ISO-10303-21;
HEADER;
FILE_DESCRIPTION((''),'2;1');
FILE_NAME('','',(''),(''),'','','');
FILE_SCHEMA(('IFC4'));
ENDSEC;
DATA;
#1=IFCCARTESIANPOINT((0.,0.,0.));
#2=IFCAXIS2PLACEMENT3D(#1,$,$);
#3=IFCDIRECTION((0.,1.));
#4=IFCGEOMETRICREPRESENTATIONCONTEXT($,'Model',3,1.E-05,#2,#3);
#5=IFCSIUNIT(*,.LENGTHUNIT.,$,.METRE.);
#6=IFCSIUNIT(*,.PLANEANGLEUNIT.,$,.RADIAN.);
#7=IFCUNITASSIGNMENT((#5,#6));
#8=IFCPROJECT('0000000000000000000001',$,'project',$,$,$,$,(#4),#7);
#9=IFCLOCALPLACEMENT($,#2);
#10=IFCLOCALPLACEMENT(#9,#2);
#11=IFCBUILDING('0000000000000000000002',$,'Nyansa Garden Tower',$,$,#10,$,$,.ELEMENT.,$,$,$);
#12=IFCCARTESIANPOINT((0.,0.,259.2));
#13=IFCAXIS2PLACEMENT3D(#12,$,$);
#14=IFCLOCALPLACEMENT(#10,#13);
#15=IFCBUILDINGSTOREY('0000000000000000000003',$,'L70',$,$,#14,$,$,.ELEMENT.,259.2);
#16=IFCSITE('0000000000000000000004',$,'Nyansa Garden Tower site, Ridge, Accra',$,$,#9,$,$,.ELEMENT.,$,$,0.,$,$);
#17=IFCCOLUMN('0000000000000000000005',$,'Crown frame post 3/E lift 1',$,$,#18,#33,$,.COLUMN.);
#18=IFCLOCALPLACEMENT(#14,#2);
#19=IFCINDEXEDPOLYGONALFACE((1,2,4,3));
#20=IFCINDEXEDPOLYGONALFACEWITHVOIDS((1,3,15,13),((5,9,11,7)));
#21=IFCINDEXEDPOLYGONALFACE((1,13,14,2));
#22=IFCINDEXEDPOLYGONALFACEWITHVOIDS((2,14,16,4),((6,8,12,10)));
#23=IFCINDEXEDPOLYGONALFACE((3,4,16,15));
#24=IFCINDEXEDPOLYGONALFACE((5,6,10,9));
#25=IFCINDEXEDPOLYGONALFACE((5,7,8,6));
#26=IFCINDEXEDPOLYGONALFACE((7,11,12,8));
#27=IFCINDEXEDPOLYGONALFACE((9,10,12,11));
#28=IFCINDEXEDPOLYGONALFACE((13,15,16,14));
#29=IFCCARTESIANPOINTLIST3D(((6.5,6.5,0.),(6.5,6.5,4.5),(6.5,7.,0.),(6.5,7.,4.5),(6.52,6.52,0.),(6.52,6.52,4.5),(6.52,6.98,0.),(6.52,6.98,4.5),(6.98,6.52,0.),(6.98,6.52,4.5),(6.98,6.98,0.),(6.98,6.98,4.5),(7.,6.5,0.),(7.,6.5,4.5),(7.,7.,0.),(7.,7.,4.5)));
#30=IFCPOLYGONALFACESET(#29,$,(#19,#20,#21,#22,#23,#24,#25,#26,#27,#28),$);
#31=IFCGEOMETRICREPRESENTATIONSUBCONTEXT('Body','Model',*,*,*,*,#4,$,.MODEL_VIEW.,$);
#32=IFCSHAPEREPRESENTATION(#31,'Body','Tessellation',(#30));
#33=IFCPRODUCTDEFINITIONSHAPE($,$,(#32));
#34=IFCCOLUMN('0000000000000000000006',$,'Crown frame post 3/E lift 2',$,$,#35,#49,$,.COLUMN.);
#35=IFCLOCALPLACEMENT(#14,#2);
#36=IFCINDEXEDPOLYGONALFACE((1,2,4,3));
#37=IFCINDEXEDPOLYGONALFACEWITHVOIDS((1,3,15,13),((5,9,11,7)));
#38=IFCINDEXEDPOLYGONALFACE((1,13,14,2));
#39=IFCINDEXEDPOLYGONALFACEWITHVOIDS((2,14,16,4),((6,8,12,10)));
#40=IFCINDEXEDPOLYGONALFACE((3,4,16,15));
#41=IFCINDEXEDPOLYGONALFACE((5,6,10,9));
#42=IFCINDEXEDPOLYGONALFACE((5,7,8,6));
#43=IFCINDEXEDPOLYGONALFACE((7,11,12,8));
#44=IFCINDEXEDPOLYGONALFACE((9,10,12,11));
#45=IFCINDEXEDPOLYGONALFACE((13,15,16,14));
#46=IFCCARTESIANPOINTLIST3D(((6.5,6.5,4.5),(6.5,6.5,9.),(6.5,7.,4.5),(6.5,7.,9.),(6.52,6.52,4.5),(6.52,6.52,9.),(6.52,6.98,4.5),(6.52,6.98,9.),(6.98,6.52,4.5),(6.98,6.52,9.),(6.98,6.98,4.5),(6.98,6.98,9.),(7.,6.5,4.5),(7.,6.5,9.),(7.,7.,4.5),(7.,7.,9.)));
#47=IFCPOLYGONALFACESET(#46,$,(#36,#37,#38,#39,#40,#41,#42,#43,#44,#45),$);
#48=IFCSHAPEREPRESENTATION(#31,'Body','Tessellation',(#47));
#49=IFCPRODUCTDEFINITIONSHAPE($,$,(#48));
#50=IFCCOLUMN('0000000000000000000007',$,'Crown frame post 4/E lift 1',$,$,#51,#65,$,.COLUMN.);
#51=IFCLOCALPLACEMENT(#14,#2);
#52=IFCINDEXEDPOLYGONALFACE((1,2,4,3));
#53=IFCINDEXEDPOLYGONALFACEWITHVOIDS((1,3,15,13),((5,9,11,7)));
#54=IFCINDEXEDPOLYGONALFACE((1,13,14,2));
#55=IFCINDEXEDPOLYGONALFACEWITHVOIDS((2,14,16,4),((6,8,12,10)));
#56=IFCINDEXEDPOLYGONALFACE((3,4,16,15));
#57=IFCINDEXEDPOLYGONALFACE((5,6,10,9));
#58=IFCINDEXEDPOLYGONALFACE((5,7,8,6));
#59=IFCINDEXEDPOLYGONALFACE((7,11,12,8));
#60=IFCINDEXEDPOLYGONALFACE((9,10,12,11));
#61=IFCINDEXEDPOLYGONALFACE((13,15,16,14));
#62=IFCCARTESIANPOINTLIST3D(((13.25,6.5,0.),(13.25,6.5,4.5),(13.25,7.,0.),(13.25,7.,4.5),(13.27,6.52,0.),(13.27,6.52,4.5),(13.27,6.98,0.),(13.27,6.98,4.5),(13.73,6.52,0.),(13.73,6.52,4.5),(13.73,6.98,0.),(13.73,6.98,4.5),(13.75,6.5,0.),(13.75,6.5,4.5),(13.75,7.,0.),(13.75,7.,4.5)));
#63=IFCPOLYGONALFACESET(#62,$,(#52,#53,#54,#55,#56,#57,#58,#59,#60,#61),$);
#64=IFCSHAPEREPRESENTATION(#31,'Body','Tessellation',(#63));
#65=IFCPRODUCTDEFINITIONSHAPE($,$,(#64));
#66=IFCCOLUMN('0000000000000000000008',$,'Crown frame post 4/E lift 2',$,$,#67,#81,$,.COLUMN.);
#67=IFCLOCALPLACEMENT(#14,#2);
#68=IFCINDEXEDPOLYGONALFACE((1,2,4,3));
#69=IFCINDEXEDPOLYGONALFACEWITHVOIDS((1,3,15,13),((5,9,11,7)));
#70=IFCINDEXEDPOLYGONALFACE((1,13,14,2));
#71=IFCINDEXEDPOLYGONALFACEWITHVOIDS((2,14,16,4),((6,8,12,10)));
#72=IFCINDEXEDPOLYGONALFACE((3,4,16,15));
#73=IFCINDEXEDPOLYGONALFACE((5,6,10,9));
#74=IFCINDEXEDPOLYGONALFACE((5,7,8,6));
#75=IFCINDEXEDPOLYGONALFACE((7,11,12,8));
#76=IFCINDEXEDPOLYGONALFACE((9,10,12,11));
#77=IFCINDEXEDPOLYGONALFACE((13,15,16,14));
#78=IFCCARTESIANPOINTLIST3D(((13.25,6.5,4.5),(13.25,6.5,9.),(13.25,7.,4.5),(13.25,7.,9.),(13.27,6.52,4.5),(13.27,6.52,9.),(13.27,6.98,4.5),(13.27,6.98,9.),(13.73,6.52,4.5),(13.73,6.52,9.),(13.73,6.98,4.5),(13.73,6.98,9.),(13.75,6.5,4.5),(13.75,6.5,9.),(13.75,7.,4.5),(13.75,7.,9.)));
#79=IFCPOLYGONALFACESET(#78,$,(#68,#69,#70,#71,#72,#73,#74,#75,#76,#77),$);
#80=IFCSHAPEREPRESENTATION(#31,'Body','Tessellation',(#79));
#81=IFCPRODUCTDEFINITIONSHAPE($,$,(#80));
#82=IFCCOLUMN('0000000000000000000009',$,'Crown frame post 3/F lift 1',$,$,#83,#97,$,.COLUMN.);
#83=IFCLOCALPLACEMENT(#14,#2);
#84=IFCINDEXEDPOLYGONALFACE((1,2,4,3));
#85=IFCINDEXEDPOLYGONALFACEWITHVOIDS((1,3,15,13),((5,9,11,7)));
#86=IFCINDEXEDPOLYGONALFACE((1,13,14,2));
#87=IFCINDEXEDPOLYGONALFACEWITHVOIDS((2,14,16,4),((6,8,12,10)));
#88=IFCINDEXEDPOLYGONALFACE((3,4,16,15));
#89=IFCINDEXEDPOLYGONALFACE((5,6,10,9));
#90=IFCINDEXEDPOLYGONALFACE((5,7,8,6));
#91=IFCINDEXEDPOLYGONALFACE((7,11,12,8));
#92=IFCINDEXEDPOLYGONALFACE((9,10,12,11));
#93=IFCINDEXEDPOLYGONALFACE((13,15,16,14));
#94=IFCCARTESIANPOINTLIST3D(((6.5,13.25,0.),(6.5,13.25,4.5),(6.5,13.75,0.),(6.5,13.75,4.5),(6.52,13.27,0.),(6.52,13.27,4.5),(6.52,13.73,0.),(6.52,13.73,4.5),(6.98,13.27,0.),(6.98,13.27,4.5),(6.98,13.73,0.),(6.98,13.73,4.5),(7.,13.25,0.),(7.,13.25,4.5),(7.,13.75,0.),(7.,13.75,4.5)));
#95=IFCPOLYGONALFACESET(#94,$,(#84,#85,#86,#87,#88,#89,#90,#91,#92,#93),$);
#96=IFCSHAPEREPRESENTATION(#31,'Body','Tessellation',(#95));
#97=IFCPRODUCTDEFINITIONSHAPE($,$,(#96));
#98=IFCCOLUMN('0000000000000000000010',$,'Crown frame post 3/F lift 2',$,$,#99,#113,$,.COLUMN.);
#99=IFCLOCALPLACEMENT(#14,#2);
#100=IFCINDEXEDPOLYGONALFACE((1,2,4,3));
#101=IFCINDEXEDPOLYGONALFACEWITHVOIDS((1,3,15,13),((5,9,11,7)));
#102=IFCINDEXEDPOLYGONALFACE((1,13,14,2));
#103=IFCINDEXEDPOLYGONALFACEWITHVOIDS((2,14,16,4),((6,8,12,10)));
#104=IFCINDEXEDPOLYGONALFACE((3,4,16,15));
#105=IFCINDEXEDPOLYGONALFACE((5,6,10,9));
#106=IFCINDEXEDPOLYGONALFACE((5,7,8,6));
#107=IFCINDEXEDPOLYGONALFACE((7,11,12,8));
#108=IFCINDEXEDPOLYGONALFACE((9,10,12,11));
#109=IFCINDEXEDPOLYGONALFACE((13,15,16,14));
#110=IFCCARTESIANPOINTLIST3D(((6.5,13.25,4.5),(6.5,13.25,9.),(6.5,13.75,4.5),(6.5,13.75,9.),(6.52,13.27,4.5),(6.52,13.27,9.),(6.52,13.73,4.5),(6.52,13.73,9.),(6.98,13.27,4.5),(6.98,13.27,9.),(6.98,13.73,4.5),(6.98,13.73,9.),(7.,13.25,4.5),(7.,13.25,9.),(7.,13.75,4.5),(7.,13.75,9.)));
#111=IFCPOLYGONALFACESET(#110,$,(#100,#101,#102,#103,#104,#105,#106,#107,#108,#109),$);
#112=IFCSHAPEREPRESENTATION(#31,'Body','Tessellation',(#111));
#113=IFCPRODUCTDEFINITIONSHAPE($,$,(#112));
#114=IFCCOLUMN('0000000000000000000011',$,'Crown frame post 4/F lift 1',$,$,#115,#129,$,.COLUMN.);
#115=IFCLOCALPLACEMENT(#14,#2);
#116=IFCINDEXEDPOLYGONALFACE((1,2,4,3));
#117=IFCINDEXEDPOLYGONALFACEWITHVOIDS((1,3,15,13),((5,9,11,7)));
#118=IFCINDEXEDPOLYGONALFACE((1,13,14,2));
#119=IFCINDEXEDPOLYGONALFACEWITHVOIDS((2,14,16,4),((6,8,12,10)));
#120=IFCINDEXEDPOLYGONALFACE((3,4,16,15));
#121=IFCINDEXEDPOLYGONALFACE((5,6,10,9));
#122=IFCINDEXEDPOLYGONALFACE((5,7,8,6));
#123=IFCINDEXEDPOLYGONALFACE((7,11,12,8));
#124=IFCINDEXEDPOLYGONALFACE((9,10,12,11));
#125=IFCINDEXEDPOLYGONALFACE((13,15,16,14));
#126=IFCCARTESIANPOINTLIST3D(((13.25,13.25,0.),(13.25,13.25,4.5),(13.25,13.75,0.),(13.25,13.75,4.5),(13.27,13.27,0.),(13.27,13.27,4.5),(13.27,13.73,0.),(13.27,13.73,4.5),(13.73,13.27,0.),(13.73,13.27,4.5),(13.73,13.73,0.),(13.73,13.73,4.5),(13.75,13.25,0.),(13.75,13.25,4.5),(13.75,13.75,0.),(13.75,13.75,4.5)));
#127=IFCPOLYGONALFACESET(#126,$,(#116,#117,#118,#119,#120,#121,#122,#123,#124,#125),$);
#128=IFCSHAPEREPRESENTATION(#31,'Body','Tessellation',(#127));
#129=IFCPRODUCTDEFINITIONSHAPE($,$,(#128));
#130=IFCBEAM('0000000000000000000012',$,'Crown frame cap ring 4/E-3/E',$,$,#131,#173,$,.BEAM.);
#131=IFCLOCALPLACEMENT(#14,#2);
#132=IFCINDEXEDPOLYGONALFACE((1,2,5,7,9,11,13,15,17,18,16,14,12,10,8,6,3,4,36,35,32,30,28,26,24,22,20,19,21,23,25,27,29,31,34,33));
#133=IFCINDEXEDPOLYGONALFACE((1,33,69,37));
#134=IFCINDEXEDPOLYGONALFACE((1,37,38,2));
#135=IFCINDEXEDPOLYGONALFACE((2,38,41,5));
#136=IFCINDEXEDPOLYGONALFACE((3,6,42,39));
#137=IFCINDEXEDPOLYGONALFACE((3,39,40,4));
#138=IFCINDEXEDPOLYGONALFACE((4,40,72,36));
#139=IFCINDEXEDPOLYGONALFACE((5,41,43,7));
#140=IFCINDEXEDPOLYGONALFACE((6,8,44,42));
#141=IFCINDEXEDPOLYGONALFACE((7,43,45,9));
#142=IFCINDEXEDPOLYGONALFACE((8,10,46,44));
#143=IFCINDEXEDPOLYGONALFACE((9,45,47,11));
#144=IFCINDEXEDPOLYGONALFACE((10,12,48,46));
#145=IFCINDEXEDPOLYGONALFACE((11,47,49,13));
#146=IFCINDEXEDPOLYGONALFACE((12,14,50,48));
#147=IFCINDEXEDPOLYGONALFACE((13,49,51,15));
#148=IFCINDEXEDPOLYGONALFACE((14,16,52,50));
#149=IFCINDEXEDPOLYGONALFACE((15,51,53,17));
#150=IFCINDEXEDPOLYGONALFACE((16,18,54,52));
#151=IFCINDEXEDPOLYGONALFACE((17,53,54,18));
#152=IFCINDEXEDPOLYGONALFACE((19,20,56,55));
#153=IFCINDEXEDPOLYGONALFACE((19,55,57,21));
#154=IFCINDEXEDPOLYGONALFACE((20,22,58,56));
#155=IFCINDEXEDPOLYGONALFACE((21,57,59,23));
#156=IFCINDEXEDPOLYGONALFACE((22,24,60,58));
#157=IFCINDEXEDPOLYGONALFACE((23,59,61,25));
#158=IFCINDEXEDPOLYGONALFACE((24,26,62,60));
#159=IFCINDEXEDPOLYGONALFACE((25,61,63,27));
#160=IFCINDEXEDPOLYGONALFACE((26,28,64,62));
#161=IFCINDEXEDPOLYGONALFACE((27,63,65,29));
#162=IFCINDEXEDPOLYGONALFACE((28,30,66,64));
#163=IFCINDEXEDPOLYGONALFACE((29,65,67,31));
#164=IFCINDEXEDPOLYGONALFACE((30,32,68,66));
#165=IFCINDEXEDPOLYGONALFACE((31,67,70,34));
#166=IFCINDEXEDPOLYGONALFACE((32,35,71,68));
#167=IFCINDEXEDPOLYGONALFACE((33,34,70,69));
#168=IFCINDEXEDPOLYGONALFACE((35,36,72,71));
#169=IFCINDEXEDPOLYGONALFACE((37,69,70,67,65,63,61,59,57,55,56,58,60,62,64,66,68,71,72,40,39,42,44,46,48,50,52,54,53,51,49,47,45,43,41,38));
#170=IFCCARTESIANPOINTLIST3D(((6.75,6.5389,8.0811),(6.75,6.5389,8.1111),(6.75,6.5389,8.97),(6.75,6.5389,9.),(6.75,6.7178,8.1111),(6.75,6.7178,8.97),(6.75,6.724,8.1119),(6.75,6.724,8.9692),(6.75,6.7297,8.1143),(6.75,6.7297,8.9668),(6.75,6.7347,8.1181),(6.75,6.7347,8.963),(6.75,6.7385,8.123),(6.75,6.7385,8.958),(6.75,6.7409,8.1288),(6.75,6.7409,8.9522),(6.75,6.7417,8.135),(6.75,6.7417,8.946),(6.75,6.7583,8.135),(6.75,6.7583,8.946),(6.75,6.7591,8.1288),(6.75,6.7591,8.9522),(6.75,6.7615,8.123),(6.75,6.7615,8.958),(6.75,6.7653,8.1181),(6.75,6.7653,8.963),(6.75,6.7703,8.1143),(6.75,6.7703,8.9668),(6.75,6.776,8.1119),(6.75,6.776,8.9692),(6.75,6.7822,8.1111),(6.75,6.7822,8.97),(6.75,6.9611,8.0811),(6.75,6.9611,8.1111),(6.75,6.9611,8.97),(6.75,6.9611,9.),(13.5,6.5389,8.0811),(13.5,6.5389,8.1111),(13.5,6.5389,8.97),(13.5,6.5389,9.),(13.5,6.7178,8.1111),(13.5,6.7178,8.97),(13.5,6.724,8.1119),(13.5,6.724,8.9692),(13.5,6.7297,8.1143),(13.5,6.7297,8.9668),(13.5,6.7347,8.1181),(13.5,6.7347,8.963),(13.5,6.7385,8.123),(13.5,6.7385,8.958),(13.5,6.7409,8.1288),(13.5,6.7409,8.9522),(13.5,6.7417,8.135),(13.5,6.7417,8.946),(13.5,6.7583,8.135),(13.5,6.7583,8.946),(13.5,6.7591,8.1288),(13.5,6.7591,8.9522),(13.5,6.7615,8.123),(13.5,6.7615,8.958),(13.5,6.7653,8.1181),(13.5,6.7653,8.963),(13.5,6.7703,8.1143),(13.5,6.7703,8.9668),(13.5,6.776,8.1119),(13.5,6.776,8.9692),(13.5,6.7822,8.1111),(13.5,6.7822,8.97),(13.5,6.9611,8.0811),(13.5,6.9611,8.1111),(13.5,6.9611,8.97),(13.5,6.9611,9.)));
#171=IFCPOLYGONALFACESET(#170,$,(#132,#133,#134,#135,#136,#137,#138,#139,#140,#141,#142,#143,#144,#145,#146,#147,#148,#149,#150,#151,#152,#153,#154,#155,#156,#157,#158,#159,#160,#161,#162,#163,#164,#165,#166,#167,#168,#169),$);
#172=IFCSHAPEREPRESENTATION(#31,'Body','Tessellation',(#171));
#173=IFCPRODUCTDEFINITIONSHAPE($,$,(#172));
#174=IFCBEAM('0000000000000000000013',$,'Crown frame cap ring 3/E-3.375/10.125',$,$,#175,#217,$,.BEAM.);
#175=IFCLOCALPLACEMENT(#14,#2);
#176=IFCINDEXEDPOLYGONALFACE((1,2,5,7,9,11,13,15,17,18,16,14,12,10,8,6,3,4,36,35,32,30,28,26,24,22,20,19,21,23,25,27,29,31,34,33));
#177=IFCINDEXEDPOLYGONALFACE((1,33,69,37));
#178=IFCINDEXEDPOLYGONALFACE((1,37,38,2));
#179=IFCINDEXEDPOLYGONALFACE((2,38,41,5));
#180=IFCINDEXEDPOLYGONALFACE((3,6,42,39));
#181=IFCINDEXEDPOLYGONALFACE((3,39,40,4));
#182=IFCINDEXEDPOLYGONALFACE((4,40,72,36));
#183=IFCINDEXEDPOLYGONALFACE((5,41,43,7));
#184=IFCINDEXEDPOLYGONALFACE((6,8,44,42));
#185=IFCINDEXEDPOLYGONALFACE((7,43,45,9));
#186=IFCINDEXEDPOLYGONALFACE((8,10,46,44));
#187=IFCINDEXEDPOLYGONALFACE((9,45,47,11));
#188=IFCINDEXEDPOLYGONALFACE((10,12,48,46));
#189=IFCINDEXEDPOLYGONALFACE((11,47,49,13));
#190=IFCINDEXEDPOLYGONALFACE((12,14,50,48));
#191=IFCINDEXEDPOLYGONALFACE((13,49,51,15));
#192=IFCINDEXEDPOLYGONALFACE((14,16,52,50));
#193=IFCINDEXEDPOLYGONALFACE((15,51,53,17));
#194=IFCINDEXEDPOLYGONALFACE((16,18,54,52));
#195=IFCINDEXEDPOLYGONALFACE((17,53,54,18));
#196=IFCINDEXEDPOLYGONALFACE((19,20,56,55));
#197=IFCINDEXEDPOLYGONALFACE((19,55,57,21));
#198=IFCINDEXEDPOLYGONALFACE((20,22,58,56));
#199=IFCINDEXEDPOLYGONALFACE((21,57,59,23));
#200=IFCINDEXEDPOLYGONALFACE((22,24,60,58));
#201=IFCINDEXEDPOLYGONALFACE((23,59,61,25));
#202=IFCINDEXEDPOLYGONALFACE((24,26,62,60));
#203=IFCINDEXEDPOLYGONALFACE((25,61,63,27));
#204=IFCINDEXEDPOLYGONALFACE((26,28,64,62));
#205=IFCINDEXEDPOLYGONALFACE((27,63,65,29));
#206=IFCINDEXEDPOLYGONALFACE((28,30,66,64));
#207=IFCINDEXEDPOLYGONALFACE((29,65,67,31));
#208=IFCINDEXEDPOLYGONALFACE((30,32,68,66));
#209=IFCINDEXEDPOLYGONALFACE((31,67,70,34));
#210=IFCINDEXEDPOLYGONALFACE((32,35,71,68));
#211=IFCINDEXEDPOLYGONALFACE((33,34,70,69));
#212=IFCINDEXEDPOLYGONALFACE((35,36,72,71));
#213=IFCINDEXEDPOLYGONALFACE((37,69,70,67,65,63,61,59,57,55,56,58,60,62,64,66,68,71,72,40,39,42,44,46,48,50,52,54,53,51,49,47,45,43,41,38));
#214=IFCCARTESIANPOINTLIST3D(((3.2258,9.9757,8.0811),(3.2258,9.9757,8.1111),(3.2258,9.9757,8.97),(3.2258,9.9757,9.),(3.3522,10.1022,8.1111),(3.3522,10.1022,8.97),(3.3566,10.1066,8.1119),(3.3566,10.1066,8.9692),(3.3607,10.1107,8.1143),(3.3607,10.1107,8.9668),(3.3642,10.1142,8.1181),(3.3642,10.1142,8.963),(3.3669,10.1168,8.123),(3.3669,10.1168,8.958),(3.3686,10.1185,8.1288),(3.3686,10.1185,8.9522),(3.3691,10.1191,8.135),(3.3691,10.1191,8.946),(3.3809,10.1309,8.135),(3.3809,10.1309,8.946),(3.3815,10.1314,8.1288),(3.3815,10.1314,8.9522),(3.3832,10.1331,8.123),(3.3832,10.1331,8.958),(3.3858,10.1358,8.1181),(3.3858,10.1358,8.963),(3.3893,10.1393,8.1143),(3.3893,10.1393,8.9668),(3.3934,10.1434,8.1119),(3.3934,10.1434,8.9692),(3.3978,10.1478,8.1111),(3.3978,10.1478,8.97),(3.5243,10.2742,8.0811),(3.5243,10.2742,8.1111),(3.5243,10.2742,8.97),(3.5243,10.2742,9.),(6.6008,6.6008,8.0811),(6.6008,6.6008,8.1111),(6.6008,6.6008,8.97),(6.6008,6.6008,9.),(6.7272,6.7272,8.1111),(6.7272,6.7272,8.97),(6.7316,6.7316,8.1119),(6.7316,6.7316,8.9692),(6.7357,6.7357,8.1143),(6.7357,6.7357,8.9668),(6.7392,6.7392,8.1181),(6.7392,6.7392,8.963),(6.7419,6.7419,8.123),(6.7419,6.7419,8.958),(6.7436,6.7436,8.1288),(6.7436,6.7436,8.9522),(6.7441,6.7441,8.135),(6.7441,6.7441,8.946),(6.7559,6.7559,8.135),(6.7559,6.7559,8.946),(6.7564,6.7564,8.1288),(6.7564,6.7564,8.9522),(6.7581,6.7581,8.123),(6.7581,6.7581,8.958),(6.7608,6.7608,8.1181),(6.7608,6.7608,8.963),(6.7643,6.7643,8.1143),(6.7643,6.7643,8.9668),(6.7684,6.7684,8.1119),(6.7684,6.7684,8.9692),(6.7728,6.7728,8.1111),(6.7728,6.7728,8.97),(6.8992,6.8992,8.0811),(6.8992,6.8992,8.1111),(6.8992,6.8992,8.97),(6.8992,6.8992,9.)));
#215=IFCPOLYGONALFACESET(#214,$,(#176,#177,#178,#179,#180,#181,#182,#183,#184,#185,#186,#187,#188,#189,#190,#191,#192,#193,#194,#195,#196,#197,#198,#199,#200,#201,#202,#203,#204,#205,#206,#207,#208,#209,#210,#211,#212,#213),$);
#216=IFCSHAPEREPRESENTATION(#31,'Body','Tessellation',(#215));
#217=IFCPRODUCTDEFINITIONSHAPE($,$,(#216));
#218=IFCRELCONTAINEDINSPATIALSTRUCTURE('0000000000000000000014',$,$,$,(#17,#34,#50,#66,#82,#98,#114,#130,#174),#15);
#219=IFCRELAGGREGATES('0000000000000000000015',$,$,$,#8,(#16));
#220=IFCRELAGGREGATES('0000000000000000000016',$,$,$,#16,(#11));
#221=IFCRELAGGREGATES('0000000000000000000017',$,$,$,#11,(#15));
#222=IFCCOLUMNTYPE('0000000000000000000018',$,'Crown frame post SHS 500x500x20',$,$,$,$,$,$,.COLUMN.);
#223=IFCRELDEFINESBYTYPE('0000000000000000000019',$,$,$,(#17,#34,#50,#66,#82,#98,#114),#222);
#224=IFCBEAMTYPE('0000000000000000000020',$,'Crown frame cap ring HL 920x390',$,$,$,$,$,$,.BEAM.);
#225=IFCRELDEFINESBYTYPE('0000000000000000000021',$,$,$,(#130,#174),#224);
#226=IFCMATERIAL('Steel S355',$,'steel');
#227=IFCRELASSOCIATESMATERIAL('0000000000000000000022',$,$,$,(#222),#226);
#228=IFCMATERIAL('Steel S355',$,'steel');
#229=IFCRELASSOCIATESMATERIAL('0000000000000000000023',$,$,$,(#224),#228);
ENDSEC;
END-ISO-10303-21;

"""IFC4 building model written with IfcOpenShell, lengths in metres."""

from ifc_helpers import new_model, si_unit, direction, frame, origin, origin_2d, place, context, subcontext, project, spatial, hollow_rectangle, i_section, extrude, material, material_profile, profile_set, type_object, element, save


model = new_model("IFC4")

# Units and contexts
model_context = context("Model", 3, precision=1e-05, world=origin(), true_north=direction((0.0, 1.0)))
body_context = subcontext(model_context, "Body", "Model", "MODEL_VIEW")
ifc_project = project(units=[si_unit("LENGTHUNIT", "METRE"), si_unit("PLANEANGLEUNIT", "RADIAN")], contexts=[model_context])

# Site, building, storey
site_placement = place(None, origin())
site = spatial("IfcSite", under=ifc_project, at=site_placement, Name="Nyansa Garden Tower site, Ridge, Accra", CompositionType="ELEMENT", RefElevation=0.0)
building_placement = place(site_placement, origin())
building = spatial("IfcBuilding", under=site, at=building_placement, Name="Nyansa Garden Tower", CompositionType="ELEMENT")
storey_placement = place(building_placement, frame((0.0, 0.0, 259.2)))
storey = spatial("IfcBuildingStorey", under=building, at=storey_placement, Name="L70", CompositionType="ELEMENT", Elevation=259.2)

# Columns
ifc_material_1 = material(Name="Steel S355", Category="steel")
ifc_material_profile_1 = material_profile(ifc_material_1, hollow_rectangle(XDim=0.5, YDim=0.5, WallThickness=0.02, at=origin_2d()), Name="SHS 500x500x20")
ifc_profile_set_1 = profile_set([ifc_material_profile_1], Name="Steel S355")
column_type = type_object("IfcColumnType", Name="Crown frame post SHS 500x500x20", PredefinedType="COLUMN", material=ifc_profile_set_1)
for number, where, z_axis, x_axis, name in (
    (1, (6.75, 6.75, 0.0), (0.0, 0.0, 1.0), (1.0, 0.0, 0.0), "Crown frame post 3/E lift 1"),
    (2, (6.75, 6.75, 4.5), (0.0, 0.0, 1.0), (1.0, 0.0, 0.0), "Crown frame post 3/E lift 2"),
    (3, (13.5, 6.75, 0.0), (0.0, 0.0, 1.0), (1.0, 0.0, 0.0), "Crown frame post 4/E lift 1"),
    (4, (13.5, 6.75, 4.5), (0.0, 0.0, 1.0), (1.0, 0.0, 0.0), "Crown frame post 4/E lift 2"),
    (5, (6.75, 13.5, 0.0), (0.0, 0.0, 1.0), (1.0, 0.0, 0.0), "Crown frame post 3/F lift 1"),
    (6, (6.75, 13.5, 4.5), (0.0, 0.0, 1.0), (1.0, 0.0, 0.0), "Crown frame post 3/F lift 2"),
    (7, (13.5, 13.5, 0.0), (0.0, 0.0, 1.0), (1.0, 0.0, 0.0), "Crown frame post 4/F lift 1"),
):
    element("IfcColumn", number, at=place(storey_placement, frame(where, z_axis=z_axis, x_axis=x_axis)), inside=storey, type_object=column_type, Name=name, PredefinedType="COLUMN", context=body_context, shape_type="SweptSolid", body=[
        extrude(hollow_rectangle(XDim=0.5, YDim=0.5, WallThickness=0.02, at=origin_2d()), origin(), (0.0, 0.0, 1.0), 4.5),
    ])

# Beams
ifc_material_2 = material(Name="Steel S355", Category="steel")
ifc_material_profile_2 = material_profile(ifc_material_2, i_section(OverallWidth=0.4221, OverallDepth=0.9189, WebThickness=0.0166, FlangeThickness=0.03, FilletRadius=0.0239, at=origin_2d()), Name="HL 920x390")
ifc_profile_set_2 = profile_set([ifc_material_profile_2], Name="Steel S355")
beam_type_1 = type_object("IfcBeamType", Name="Crown frame cap ring HL 920x390", PredefinedType="BEAM", material=ifc_profile_set_2)
beam_1_placement = place(storey_placement, frame((13.5, 6.75, 8.5405), z_axis=(-1.0, 0.0, 0.0), x_axis=(0.0, -1.0, 0.0)))
element("IfcBeam", 8, at=beam_1_placement, inside=storey, type_object=beam_type_1, Name="Crown frame cap ring 4/E-3/E", PredefinedType="BEAM", context=body_context, shape_type="SweptSolid", body=[
    extrude(i_section(OverallWidth=0.4221, OverallDepth=0.9189, WebThickness=0.0166, FlangeThickness=0.03, FilletRadius=0.0239, at=origin_2d()), origin(), (0.0, 0.0, 1.0), 6.75),
])
for number, where, z_axis, x_axis, name in (
    (9, (6.75, 6.75, 8.5405), (-0.707107, 0.707107, 0.0), (-0.707107, -0.707107, 0.0), "Crown frame cap ring 3/E-3.375/10.125"),
):
    element("IfcBeam", number, at=place(storey_placement, frame(where, z_axis=z_axis, x_axis=x_axis)), inside=storey, type_object=beam_type_1, Name=name, PredefinedType="BEAM", context=body_context, shape_type="SweptSolid", body=[
        extrude(i_section(OverallWidth=0.4221, OverallDepth=0.9189, WebThickness=0.0166, FlangeThickness=0.03, FilletRadius=0.0239, at=origin_2d()), origin(), (0.0, 0.0, 1.0), 4.7729),
    ])

save(model, "model.ifc")
